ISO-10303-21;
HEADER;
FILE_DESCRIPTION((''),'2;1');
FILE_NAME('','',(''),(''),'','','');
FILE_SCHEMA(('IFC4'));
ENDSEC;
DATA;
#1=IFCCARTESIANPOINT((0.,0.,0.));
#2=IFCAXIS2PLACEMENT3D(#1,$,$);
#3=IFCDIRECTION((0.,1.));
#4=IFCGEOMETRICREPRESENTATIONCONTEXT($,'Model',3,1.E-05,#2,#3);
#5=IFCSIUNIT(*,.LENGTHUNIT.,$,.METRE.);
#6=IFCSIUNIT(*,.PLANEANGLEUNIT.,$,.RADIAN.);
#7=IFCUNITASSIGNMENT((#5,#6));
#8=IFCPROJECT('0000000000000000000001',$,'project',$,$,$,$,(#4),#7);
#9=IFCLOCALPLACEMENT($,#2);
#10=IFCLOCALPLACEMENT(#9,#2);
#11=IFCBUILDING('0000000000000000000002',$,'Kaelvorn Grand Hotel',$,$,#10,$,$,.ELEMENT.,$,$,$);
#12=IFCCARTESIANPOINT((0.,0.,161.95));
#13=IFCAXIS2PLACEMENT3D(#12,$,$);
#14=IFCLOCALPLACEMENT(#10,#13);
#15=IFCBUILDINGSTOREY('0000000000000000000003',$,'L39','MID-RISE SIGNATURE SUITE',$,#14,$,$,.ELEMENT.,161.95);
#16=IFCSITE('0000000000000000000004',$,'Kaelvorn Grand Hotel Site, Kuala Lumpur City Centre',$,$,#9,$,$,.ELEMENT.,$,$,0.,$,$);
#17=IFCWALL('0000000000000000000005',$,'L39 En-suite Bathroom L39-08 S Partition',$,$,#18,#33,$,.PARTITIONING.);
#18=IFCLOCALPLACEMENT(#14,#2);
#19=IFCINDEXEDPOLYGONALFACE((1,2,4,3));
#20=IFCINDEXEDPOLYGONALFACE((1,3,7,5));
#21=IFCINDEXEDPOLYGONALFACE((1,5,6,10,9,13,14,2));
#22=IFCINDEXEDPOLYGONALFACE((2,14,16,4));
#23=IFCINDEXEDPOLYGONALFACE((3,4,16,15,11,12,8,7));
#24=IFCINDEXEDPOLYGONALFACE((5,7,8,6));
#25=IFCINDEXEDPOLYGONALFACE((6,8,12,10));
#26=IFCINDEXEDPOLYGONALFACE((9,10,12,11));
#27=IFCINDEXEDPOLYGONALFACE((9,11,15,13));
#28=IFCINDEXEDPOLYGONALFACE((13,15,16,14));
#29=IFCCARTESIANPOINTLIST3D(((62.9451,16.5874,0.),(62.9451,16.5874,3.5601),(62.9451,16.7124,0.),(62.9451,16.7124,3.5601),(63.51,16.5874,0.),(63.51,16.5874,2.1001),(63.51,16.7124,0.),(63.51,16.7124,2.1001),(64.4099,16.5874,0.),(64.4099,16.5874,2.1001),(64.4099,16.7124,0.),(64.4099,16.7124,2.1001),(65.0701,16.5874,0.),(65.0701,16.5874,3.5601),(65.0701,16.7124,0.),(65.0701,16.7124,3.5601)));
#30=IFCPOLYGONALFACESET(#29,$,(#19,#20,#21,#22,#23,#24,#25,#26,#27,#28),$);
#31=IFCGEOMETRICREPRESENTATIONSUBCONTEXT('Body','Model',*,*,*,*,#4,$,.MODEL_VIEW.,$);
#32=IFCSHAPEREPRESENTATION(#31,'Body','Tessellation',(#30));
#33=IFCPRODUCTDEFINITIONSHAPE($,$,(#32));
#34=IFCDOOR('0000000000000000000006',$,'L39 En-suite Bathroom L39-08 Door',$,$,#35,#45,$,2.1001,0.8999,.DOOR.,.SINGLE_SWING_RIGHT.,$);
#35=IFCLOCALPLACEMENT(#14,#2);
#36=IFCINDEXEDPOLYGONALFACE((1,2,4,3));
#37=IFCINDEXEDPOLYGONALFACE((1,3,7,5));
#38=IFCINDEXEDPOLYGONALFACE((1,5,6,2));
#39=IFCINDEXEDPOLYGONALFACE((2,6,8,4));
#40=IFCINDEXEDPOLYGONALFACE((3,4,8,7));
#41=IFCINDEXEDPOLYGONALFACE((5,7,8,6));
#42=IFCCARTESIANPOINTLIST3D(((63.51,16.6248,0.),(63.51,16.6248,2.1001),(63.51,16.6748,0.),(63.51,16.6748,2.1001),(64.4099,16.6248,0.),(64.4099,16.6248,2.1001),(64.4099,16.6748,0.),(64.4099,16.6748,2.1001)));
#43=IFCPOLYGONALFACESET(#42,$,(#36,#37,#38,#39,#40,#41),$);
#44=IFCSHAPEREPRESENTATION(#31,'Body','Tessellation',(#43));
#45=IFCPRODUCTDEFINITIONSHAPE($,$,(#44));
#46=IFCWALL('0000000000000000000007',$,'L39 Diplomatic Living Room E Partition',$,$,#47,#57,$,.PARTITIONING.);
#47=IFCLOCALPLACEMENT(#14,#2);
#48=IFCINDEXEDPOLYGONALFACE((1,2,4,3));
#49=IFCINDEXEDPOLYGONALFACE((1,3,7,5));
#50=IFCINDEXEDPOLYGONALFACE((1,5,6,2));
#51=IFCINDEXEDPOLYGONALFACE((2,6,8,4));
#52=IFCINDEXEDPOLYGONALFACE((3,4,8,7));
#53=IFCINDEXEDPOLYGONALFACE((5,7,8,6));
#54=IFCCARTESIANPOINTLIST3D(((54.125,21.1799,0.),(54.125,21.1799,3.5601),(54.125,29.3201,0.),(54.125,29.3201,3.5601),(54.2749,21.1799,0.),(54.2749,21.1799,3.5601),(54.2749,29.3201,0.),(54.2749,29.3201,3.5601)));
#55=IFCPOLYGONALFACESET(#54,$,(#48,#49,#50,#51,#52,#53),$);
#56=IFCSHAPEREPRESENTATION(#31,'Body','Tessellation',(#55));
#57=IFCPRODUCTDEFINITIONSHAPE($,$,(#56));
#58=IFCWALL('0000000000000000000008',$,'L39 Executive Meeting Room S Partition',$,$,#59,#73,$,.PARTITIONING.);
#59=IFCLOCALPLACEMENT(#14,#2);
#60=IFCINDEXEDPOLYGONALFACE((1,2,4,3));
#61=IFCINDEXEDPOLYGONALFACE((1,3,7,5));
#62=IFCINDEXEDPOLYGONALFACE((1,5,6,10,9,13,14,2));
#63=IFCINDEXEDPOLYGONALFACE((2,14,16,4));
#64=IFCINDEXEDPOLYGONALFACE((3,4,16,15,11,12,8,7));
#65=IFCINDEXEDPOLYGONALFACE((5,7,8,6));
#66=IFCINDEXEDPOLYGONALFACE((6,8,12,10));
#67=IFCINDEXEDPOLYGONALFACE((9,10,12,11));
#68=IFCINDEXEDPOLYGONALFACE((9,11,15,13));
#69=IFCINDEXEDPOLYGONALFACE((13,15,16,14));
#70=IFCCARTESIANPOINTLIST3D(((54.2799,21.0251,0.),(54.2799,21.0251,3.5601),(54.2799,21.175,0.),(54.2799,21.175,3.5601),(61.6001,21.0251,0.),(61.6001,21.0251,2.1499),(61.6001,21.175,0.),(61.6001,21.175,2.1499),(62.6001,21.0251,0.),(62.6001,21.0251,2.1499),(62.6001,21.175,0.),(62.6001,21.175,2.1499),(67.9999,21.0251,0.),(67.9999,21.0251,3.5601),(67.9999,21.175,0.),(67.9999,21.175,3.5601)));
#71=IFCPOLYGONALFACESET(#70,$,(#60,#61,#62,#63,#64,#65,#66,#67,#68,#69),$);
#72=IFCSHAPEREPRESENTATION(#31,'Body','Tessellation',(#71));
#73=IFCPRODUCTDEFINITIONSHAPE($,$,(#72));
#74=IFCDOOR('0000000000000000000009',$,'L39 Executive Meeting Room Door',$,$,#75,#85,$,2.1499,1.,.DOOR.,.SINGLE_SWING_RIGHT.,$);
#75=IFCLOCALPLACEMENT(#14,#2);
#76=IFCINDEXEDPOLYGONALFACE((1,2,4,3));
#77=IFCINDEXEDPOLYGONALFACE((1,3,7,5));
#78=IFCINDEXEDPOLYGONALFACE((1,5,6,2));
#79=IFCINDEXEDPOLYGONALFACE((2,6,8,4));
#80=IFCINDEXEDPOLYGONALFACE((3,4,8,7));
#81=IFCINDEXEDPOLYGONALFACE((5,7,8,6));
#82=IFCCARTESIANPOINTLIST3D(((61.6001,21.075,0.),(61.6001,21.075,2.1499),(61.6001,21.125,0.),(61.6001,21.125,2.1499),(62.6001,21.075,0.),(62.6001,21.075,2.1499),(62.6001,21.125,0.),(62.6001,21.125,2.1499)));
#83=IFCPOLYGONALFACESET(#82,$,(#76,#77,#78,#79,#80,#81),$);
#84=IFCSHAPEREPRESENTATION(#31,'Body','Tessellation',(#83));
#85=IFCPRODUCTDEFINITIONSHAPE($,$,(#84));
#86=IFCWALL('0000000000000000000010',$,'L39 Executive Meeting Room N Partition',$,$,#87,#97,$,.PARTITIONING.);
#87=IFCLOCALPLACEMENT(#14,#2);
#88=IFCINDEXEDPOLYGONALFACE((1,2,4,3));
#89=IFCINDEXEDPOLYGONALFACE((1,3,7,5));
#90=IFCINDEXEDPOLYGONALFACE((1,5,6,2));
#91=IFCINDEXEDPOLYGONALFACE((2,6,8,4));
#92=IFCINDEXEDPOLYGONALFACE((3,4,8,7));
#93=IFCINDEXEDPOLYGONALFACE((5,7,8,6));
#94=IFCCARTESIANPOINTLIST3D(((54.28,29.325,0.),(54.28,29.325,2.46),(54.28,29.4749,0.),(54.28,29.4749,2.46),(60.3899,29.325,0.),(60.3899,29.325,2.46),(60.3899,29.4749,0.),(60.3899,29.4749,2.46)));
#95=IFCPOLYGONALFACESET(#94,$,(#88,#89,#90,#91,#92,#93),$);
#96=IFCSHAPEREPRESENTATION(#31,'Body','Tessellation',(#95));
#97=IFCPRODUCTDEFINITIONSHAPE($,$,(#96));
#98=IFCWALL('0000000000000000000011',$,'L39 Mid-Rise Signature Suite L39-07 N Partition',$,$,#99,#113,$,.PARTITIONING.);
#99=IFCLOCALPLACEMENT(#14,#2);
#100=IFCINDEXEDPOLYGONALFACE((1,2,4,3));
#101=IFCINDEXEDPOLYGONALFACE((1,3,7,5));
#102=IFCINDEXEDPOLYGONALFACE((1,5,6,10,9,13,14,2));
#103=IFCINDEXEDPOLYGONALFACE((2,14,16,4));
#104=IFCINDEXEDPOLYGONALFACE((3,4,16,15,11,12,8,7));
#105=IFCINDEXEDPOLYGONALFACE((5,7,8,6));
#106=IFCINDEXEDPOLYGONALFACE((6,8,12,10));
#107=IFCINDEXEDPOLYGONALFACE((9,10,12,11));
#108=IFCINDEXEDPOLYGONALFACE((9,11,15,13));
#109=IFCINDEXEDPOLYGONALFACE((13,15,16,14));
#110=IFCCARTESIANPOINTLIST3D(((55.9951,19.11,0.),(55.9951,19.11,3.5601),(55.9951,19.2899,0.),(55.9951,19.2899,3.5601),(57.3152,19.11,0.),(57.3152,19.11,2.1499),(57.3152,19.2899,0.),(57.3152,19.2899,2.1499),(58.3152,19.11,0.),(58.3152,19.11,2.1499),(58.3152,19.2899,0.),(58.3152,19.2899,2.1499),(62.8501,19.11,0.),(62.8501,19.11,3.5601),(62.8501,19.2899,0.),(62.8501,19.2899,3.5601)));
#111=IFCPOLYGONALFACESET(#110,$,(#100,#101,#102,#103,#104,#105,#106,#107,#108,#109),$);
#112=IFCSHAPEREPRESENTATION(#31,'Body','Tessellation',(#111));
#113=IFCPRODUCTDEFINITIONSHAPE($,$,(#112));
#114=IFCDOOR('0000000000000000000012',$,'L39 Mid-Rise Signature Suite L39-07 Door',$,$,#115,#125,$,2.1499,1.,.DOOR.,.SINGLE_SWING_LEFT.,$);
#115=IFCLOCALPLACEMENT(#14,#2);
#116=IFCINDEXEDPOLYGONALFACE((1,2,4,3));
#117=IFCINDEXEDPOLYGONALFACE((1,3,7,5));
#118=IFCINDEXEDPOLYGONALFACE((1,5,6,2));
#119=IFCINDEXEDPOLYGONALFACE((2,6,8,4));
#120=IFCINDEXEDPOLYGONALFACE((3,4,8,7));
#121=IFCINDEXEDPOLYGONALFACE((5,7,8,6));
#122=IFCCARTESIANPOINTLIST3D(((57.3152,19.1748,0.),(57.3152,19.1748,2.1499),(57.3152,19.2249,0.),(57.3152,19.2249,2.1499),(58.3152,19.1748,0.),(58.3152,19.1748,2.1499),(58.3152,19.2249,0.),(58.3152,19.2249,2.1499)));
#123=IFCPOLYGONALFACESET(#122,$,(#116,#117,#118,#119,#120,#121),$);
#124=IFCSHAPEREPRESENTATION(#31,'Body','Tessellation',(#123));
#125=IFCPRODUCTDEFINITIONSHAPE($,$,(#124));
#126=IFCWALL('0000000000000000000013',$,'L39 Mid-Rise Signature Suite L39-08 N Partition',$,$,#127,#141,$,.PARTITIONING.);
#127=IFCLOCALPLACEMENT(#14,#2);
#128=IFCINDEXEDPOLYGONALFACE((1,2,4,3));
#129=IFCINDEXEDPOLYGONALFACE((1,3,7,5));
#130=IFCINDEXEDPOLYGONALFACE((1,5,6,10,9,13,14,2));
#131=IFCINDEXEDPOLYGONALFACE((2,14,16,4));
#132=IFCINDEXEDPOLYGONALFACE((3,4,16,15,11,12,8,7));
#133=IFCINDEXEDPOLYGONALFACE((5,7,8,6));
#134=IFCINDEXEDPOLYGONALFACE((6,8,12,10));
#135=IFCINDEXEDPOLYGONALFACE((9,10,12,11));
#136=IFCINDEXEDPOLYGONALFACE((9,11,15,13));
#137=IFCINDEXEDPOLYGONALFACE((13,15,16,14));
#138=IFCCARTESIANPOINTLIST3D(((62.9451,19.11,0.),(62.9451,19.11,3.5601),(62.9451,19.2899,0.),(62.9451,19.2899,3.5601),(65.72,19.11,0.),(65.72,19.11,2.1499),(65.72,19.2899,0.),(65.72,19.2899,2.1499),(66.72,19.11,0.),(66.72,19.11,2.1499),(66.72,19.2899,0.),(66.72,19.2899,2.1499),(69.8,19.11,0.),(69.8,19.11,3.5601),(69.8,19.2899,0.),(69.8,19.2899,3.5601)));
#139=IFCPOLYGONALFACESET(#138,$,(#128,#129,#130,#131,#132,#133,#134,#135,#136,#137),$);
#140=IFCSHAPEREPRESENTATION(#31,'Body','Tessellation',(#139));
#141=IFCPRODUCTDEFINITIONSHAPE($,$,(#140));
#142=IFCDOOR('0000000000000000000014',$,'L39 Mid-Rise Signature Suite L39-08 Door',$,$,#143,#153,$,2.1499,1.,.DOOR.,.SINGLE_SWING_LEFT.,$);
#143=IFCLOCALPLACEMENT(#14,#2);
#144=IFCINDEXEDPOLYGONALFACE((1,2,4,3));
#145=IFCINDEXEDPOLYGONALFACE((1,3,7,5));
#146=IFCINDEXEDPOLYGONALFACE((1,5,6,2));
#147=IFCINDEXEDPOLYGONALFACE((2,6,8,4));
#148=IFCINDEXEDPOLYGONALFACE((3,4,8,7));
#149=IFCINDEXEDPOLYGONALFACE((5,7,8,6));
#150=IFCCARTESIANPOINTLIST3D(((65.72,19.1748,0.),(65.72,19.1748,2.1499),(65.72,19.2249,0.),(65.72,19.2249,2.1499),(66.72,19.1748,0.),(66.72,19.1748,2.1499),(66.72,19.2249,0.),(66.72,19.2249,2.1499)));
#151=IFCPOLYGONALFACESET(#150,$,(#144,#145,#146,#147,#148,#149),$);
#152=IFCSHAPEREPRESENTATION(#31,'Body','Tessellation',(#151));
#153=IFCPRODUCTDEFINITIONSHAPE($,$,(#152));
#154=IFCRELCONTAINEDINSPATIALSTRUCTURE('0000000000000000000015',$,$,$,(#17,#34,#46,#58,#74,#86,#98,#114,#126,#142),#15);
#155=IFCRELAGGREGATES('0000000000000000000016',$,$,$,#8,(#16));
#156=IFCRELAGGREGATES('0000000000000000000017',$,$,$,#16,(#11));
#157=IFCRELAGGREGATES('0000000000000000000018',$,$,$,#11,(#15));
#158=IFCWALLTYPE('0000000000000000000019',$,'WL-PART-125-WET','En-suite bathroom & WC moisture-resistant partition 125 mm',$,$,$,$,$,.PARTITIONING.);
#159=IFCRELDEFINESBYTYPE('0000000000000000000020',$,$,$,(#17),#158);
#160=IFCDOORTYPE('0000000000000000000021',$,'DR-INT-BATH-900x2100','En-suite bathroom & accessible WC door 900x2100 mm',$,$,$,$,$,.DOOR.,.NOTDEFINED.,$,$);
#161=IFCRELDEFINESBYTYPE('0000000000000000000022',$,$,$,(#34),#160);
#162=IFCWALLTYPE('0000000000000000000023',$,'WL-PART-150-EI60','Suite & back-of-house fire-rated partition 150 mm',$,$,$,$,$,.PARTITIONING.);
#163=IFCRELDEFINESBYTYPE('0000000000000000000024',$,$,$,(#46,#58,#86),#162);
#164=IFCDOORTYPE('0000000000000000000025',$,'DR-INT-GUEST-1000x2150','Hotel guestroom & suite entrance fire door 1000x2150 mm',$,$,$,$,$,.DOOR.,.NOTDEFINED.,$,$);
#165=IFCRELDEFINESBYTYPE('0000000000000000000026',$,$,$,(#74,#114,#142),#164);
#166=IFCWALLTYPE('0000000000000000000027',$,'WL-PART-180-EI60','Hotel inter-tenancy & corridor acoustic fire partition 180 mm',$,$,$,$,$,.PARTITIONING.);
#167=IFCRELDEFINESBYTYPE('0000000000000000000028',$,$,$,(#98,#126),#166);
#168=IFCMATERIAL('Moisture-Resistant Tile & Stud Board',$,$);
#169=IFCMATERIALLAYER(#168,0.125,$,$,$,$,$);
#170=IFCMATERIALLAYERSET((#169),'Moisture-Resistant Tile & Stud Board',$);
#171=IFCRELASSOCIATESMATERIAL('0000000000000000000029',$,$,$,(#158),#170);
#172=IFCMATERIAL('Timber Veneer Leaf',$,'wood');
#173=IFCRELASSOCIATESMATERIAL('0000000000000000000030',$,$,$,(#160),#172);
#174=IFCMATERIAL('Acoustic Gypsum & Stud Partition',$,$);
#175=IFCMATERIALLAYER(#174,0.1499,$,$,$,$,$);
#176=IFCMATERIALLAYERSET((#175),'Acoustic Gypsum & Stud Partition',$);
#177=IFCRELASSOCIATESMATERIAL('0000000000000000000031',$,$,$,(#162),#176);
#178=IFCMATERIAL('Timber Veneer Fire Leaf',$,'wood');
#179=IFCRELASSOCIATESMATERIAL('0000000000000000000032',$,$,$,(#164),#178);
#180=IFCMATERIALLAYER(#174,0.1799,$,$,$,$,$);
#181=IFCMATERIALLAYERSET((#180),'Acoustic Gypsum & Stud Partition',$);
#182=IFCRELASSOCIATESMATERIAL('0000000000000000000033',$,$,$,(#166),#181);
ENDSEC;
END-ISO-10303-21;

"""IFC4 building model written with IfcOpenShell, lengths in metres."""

from ifc_helpers import new_model, si_unit, direction, frame, frame_2d, origin, place, context, subcontext, project, spatial, rectangle, extrude, material, layer, layer_set, type_object, element, fill, save


model = new_model("IFC4")

# Units and contexts
model_context = context("Model", 3, precision=1e-05, world=origin(), true_north=direction((0.0, 1.0)))
body_context = subcontext(model_context, "Body", "Model", "MODEL_VIEW")
ifc_project = project(units=[si_unit("LENGTHUNIT", "METRE"), si_unit("PLANEANGLEUNIT", "RADIAN")], contexts=[model_context])

# Site, building, storey
site_placement = place(None, origin())
site = spatial("IfcSite", under=ifc_project, at=site_placement, Name="Kaelvorn Grand Hotel Site, Kuala Lumpur City Centre", CompositionType="ELEMENT", RefElevation=0.0)
building_placement = place(site_placement, origin())
building = spatial("IfcBuilding", under=site, at=building_placement, Name="Kaelvorn Grand Hotel", CompositionType="ELEMENT")
storey_placement = place(building_placement, frame((0.0, 0.0, 161.95)))
storey = spatial("IfcBuildingStorey", under=building, at=storey_placement, Name="L39", Description="MID-RISE SIGNATURE SUITE", CompositionType="ELEMENT", Elevation=161.95)

# Shared definitions
ifc_material_1 = material(Name="Moisture-Resistant Tile & Stud Board")
ifc_layer_1 = layer(ifc_material_1, 0.125)
ifc_layer_set_1 = layer_set([ifc_layer_1], Name="Moisture-Resistant Tile & Stud Board")
wall_type_1 = type_object("IfcWallType", Name="WL-PART-125-WET", Description="En-suite bathroom & WC moisture-resistant partition 125 mm", PredefinedType="PARTITIONING", material=ifc_layer_set_1)

# Shared definitions
ifc_material_2 = material(Name="Timber Veneer Leaf", Category="wood")
door_type_1 = type_object("IfcDoorType", Name="DR-INT-BATH-900x2100", Description="En-suite bathroom & accessible WC door 900x2100 mm", OperationType="NOTDEFINED", PredefinedType="DOOR", material=ifc_material_2)

# Wall, opening, door
wall_1_placement = place(storey_placement, frame((62.9451, 16.6499, 0.0), z_axis=(0.0, 0.0, 1.0), x_axis=(1.0, 0.0, 0.0)))
wall_1 = element("IfcWall", 1, at=wall_1_placement, inside=storey, type_object=wall_type_1, Name="L39 En-suite Bathroom L39-08 S Partition", PredefinedType="PARTITIONING", context=body_context, shape_type="SweptSolid", body=[
    extrude(rectangle(XDim=2.125, YDim=0.125, at=frame_2d((1.0625, 0.0))), origin(), (0.0, 0.0, 1.0), 3.5601),
])
opening_1_placement = place(wall_1_placement, frame((0.5649, 0.0, 0.0)))
opening_1 = element("IfcOpeningElement", 2, at=opening_1_placement, cuts=wall_1, PredefinedType="OPENING", context=body_context, shape_type="SweptSolid", body=[
    extrude(rectangle(XDim=0.8999, YDim=2.1001, at=frame_2d((0.45, 1.05))), frame((0.0, 0.0725, 0.0), z_axis=(0.0, -1.0, 0.0), x_axis=(1.0, 0.0, 0.0)), (0.0, 0.0, 1.0), 0.145),
])
door_1_placement = place(opening_1_placement, origin())
door_1 = element("IfcDoor", 3, at=door_1_placement, inside=storey, type_object=door_type_1, Name="L39 En-suite Bathroom L39-08 Door", OperationType="SINGLE_SWING_RIGHT", OverallHeight=2.1001, OverallWidth=0.8999, PredefinedType="DOOR", context=body_context, shape_type="SweptSolid", body=[
    extrude(rectangle(XDim=0.8999, YDim=2.1001, at=frame_2d((0.45, 1.05))), frame((0.0, 0.0249, 0.0), z_axis=(0.0, -1.0, 0.0), x_axis=(1.0, 0.0, 0.0)), (0.0, 0.0, 1.0), 0.05),
])
fill(opening_1, door_1)

# Wall
ifc_material_3 = material(Name="Acoustic Gypsum & Stud Partition")
ifc_layer_2 = layer(ifc_material_3, 0.1499)
ifc_layer_set_2 = layer_set([ifc_layer_2], Name="Acoustic Gypsum & Stud Partition")
wall_type_2 = type_object("IfcWallType", Name="WL-PART-150-EI60", Description="Suite & back-of-house fire-rated partition 150 mm", PredefinedType="PARTITIONING", material=ifc_layer_set_2)
wall_2_placement = place(storey_placement, frame((54.2, 21.1799, 0.0), z_axis=(0.0, 0.0, 1.0), x_axis=(0.0, 1.0, 0.0)))
element("IfcWall", 4, at=wall_2_placement, inside=storey, type_object=wall_type_2, Name="L39 Diplomatic Living Room E Partition", PredefinedType="PARTITIONING", context=body_context, shape_type="SweptSolid", body=[
    extrude(rectangle(XDim=8.1401, YDim=0.1499, at=frame_2d((4.0701, 0.0))), origin(), (0.0, 0.0, 1.0), 3.5601),
])

# Wall, opening, door
wall_3_placement = place(storey_placement, frame((54.28, 21.1001, 0.0), z_axis=(0.0, 0.0, 1.0), x_axis=(1.0, 0.0, 0.0)))
wall_3 = element("IfcWall", 5, at=wall_3_placement, inside=storey, type_object=wall_type_2, Name="L39 Executive Meeting Room S Partition", PredefinedType="PARTITIONING", context=body_context, shape_type="SweptSolid", body=[
    extrude(rectangle(XDim=13.72, YDim=0.1499, at=frame_2d((6.8599, 0.0))), origin(), (0.0, 0.0, 1.0), 3.5601),
])
opening_2_placement = place(wall_3_placement, frame((7.3201, 0.0, 0.0)))
opening_2 = element("IfcOpeningElement", 6, at=opening_2_placement, cuts=wall_3, PredefinedType="OPENING", context=body_context, shape_type="SweptSolid", body=[
    extrude(rectangle(XDim=1.0, YDim=2.1499, at=frame_2d((0.5, 1.075))), frame((0.0, 0.085, 0.0), z_axis=(0.0, -1.0, 0.0), x_axis=(1.0, 0.0, 0.0)), (0.0, 0.0, 1.0), 0.1699),
])
ifc_material_4 = material(Name="Timber Veneer Fire Leaf", Category="wood")
door_type_2 = type_object("IfcDoorType", Name="DR-INT-GUEST-1000x2150", Description="Hotel guestroom & suite entrance fire door 1000x2150 mm", OperationType="NOTDEFINED", PredefinedType="DOOR", material=ifc_material_4)
door_2_placement = place(opening_2_placement, origin())
door_2 = element("IfcDoor", 7, at=door_2_placement, inside=storey, type_object=door_type_2, Name="L39 Executive Meeting Room Door", OperationType="SINGLE_SWING_RIGHT", OverallHeight=2.1499, OverallWidth=1.0, PredefinedType="DOOR", context=body_context, shape_type="SweptSolid", body=[
    extrude(rectangle(XDim=1.0, YDim=2.1499, at=frame_2d((0.5, 1.075))), frame((0.0, 0.0249, 0.0), z_axis=(0.0, -1.0, 0.0), x_axis=(1.0, 0.0, 0.0)), (0.0, 0.0, 1.0), 0.05),
])
fill(opening_2, door_2)

# Wall
wall_4_placement = place(storey_placement, frame((54.28, 29.3999, 0.0), z_axis=(0.0, 0.0, 1.0), x_axis=(1.0, 0.0, 0.0)))
element("IfcWall", 8, at=wall_4_placement, inside=storey, type_object=wall_type_2, Name="L39 Executive Meeting Room N Partition", PredefinedType="PARTITIONING", context=body_context, shape_type="SweptSolid", body=[
    extrude(rectangle(XDim=6.1099, YDim=0.1499, at=frame_2d((3.0549, 0.0))), origin(), (0.0, 0.0, 1.0), 2.46),
])

# Walls, openings, doors
ifc_layer_3 = layer(ifc_material_3, 0.1799)
ifc_layer_set_3 = layer_set([ifc_layer_3], Name="Acoustic Gypsum & Stud Partition")
wall_type_3 = type_object("IfcWallType", Name="WL-PART-180-EI60", Description="Hotel inter-tenancy & corridor acoustic fire partition 180 mm", PredefinedType="PARTITIONING", material=ifc_layer_set_3)
wall_5_placement = place(storey_placement, frame((55.9951, 19.2, 0.0), z_axis=(0.0, 0.0, 1.0), x_axis=(1.0, 0.0, 0.0)))
wall_5 = element("IfcWall", 9, at=wall_5_placement, inside=storey, type_object=wall_type_3, Name="L39 Mid-Rise Signature Suite L39-07 N Partition", PredefinedType="PARTITIONING", context=body_context, shape_type="SweptSolid", body=[
    extrude(rectangle(XDim=6.855, YDim=0.1799, at=frame_2d((3.4275, 0.0))), origin(), (0.0, 0.0, 1.0), 3.5601),
])
opening_3_placement = place(wall_5_placement, frame((1.3201, 0.0, 0.0)))
opening_3 = element("IfcOpeningElement", 10, at=opening_3_placement, cuts=wall_5, PredefinedType="OPENING", context=body_context, shape_type="SweptSolid", body=[
    extrude(rectangle(XDim=1.0, YDim=2.1499, at=frame_2d((0.5, 1.075))), frame((0.0, 0.1001, 0.0), z_axis=(0.0, -1.0, 0.0), x_axis=(1.0, 0.0, 0.0)), (0.0, 0.0, 1.0), 0.2),
])
door_3_placement = place(opening_3_placement, origin())
door_3 = element("IfcDoor", 11, at=door_3_placement, inside=storey, type_object=door_type_2, Name="L39 Mid-Rise Signature Suite L39-07 Door", OperationType="SINGLE_SWING_LEFT", OverallHeight=2.1499, OverallWidth=1.0, PredefinedType="DOOR", context=body_context, shape_type="SweptSolid", body=[
    extrude(rectangle(XDim=1.0, YDim=2.1499, at=frame_2d((0.5, 1.075))), frame((0.0, 0.0249, 0.0), z_axis=(0.0, -1.0, 0.0), x_axis=(1.0, 0.0, 0.0)), (0.0, 0.0, 1.0), 0.05),
])
fill(opening_3, door_3)
wall_6_placement = place(storey_placement, frame((62.9451, 19.2, 0.0), z_axis=(0.0, 0.0, 1.0), x_axis=(1.0, 0.0, 0.0)))
wall_6 = element("IfcWall", 12, at=wall_6_placement, inside=storey, type_object=wall_type_3, Name="L39 Mid-Rise Signature Suite L39-08 N Partition", PredefinedType="PARTITIONING", context=body_context, shape_type="SweptSolid", body=[
    extrude(rectangle(XDim=6.855, YDim=0.1799, at=frame_2d((3.4275, 0.0))), origin(), (0.0, 0.0, 1.0), 3.5601),
])
opening_4_placement = place(wall_6_placement, frame((2.7749, 0.0, 0.0)))
opening_4 = element("IfcOpeningElement", 13, at=opening_4_placement, cuts=wall_6, PredefinedType="OPENING", context=body_context, shape_type="SweptSolid", body=[
    extrude(rectangle(XDim=1.0, YDim=2.1499, at=frame_2d((0.5, 1.075))), frame((0.0, 0.1001, 0.0), z_axis=(0.0, -1.0, 0.0), x_axis=(1.0, 0.0, 0.0)), (0.0, 0.0, 1.0), 0.2),
])
door_4_placement = place(opening_4_placement, origin())
door_4 = element("IfcDoor", 14, at=door_4_placement, inside=storey, type_object=door_type_2, Name="L39 Mid-Rise Signature Suite L39-08 Door", OperationType="SINGLE_SWING_LEFT", OverallHeight=2.1499, OverallWidth=1.0, PredefinedType="DOOR", context=body_context, shape_type="SweptSolid", body=[
    extrude(rectangle(XDim=1.0, YDim=2.1499, at=frame_2d((0.5, 1.075))), frame((0.0, 0.0249, 0.0), z_axis=(0.0, -1.0, 0.0), x_axis=(1.0, 0.0, 0.0)), (0.0, 0.0, 1.0), 0.05),
])
fill(opening_4, door_4)

save(model, "model.ifc")
